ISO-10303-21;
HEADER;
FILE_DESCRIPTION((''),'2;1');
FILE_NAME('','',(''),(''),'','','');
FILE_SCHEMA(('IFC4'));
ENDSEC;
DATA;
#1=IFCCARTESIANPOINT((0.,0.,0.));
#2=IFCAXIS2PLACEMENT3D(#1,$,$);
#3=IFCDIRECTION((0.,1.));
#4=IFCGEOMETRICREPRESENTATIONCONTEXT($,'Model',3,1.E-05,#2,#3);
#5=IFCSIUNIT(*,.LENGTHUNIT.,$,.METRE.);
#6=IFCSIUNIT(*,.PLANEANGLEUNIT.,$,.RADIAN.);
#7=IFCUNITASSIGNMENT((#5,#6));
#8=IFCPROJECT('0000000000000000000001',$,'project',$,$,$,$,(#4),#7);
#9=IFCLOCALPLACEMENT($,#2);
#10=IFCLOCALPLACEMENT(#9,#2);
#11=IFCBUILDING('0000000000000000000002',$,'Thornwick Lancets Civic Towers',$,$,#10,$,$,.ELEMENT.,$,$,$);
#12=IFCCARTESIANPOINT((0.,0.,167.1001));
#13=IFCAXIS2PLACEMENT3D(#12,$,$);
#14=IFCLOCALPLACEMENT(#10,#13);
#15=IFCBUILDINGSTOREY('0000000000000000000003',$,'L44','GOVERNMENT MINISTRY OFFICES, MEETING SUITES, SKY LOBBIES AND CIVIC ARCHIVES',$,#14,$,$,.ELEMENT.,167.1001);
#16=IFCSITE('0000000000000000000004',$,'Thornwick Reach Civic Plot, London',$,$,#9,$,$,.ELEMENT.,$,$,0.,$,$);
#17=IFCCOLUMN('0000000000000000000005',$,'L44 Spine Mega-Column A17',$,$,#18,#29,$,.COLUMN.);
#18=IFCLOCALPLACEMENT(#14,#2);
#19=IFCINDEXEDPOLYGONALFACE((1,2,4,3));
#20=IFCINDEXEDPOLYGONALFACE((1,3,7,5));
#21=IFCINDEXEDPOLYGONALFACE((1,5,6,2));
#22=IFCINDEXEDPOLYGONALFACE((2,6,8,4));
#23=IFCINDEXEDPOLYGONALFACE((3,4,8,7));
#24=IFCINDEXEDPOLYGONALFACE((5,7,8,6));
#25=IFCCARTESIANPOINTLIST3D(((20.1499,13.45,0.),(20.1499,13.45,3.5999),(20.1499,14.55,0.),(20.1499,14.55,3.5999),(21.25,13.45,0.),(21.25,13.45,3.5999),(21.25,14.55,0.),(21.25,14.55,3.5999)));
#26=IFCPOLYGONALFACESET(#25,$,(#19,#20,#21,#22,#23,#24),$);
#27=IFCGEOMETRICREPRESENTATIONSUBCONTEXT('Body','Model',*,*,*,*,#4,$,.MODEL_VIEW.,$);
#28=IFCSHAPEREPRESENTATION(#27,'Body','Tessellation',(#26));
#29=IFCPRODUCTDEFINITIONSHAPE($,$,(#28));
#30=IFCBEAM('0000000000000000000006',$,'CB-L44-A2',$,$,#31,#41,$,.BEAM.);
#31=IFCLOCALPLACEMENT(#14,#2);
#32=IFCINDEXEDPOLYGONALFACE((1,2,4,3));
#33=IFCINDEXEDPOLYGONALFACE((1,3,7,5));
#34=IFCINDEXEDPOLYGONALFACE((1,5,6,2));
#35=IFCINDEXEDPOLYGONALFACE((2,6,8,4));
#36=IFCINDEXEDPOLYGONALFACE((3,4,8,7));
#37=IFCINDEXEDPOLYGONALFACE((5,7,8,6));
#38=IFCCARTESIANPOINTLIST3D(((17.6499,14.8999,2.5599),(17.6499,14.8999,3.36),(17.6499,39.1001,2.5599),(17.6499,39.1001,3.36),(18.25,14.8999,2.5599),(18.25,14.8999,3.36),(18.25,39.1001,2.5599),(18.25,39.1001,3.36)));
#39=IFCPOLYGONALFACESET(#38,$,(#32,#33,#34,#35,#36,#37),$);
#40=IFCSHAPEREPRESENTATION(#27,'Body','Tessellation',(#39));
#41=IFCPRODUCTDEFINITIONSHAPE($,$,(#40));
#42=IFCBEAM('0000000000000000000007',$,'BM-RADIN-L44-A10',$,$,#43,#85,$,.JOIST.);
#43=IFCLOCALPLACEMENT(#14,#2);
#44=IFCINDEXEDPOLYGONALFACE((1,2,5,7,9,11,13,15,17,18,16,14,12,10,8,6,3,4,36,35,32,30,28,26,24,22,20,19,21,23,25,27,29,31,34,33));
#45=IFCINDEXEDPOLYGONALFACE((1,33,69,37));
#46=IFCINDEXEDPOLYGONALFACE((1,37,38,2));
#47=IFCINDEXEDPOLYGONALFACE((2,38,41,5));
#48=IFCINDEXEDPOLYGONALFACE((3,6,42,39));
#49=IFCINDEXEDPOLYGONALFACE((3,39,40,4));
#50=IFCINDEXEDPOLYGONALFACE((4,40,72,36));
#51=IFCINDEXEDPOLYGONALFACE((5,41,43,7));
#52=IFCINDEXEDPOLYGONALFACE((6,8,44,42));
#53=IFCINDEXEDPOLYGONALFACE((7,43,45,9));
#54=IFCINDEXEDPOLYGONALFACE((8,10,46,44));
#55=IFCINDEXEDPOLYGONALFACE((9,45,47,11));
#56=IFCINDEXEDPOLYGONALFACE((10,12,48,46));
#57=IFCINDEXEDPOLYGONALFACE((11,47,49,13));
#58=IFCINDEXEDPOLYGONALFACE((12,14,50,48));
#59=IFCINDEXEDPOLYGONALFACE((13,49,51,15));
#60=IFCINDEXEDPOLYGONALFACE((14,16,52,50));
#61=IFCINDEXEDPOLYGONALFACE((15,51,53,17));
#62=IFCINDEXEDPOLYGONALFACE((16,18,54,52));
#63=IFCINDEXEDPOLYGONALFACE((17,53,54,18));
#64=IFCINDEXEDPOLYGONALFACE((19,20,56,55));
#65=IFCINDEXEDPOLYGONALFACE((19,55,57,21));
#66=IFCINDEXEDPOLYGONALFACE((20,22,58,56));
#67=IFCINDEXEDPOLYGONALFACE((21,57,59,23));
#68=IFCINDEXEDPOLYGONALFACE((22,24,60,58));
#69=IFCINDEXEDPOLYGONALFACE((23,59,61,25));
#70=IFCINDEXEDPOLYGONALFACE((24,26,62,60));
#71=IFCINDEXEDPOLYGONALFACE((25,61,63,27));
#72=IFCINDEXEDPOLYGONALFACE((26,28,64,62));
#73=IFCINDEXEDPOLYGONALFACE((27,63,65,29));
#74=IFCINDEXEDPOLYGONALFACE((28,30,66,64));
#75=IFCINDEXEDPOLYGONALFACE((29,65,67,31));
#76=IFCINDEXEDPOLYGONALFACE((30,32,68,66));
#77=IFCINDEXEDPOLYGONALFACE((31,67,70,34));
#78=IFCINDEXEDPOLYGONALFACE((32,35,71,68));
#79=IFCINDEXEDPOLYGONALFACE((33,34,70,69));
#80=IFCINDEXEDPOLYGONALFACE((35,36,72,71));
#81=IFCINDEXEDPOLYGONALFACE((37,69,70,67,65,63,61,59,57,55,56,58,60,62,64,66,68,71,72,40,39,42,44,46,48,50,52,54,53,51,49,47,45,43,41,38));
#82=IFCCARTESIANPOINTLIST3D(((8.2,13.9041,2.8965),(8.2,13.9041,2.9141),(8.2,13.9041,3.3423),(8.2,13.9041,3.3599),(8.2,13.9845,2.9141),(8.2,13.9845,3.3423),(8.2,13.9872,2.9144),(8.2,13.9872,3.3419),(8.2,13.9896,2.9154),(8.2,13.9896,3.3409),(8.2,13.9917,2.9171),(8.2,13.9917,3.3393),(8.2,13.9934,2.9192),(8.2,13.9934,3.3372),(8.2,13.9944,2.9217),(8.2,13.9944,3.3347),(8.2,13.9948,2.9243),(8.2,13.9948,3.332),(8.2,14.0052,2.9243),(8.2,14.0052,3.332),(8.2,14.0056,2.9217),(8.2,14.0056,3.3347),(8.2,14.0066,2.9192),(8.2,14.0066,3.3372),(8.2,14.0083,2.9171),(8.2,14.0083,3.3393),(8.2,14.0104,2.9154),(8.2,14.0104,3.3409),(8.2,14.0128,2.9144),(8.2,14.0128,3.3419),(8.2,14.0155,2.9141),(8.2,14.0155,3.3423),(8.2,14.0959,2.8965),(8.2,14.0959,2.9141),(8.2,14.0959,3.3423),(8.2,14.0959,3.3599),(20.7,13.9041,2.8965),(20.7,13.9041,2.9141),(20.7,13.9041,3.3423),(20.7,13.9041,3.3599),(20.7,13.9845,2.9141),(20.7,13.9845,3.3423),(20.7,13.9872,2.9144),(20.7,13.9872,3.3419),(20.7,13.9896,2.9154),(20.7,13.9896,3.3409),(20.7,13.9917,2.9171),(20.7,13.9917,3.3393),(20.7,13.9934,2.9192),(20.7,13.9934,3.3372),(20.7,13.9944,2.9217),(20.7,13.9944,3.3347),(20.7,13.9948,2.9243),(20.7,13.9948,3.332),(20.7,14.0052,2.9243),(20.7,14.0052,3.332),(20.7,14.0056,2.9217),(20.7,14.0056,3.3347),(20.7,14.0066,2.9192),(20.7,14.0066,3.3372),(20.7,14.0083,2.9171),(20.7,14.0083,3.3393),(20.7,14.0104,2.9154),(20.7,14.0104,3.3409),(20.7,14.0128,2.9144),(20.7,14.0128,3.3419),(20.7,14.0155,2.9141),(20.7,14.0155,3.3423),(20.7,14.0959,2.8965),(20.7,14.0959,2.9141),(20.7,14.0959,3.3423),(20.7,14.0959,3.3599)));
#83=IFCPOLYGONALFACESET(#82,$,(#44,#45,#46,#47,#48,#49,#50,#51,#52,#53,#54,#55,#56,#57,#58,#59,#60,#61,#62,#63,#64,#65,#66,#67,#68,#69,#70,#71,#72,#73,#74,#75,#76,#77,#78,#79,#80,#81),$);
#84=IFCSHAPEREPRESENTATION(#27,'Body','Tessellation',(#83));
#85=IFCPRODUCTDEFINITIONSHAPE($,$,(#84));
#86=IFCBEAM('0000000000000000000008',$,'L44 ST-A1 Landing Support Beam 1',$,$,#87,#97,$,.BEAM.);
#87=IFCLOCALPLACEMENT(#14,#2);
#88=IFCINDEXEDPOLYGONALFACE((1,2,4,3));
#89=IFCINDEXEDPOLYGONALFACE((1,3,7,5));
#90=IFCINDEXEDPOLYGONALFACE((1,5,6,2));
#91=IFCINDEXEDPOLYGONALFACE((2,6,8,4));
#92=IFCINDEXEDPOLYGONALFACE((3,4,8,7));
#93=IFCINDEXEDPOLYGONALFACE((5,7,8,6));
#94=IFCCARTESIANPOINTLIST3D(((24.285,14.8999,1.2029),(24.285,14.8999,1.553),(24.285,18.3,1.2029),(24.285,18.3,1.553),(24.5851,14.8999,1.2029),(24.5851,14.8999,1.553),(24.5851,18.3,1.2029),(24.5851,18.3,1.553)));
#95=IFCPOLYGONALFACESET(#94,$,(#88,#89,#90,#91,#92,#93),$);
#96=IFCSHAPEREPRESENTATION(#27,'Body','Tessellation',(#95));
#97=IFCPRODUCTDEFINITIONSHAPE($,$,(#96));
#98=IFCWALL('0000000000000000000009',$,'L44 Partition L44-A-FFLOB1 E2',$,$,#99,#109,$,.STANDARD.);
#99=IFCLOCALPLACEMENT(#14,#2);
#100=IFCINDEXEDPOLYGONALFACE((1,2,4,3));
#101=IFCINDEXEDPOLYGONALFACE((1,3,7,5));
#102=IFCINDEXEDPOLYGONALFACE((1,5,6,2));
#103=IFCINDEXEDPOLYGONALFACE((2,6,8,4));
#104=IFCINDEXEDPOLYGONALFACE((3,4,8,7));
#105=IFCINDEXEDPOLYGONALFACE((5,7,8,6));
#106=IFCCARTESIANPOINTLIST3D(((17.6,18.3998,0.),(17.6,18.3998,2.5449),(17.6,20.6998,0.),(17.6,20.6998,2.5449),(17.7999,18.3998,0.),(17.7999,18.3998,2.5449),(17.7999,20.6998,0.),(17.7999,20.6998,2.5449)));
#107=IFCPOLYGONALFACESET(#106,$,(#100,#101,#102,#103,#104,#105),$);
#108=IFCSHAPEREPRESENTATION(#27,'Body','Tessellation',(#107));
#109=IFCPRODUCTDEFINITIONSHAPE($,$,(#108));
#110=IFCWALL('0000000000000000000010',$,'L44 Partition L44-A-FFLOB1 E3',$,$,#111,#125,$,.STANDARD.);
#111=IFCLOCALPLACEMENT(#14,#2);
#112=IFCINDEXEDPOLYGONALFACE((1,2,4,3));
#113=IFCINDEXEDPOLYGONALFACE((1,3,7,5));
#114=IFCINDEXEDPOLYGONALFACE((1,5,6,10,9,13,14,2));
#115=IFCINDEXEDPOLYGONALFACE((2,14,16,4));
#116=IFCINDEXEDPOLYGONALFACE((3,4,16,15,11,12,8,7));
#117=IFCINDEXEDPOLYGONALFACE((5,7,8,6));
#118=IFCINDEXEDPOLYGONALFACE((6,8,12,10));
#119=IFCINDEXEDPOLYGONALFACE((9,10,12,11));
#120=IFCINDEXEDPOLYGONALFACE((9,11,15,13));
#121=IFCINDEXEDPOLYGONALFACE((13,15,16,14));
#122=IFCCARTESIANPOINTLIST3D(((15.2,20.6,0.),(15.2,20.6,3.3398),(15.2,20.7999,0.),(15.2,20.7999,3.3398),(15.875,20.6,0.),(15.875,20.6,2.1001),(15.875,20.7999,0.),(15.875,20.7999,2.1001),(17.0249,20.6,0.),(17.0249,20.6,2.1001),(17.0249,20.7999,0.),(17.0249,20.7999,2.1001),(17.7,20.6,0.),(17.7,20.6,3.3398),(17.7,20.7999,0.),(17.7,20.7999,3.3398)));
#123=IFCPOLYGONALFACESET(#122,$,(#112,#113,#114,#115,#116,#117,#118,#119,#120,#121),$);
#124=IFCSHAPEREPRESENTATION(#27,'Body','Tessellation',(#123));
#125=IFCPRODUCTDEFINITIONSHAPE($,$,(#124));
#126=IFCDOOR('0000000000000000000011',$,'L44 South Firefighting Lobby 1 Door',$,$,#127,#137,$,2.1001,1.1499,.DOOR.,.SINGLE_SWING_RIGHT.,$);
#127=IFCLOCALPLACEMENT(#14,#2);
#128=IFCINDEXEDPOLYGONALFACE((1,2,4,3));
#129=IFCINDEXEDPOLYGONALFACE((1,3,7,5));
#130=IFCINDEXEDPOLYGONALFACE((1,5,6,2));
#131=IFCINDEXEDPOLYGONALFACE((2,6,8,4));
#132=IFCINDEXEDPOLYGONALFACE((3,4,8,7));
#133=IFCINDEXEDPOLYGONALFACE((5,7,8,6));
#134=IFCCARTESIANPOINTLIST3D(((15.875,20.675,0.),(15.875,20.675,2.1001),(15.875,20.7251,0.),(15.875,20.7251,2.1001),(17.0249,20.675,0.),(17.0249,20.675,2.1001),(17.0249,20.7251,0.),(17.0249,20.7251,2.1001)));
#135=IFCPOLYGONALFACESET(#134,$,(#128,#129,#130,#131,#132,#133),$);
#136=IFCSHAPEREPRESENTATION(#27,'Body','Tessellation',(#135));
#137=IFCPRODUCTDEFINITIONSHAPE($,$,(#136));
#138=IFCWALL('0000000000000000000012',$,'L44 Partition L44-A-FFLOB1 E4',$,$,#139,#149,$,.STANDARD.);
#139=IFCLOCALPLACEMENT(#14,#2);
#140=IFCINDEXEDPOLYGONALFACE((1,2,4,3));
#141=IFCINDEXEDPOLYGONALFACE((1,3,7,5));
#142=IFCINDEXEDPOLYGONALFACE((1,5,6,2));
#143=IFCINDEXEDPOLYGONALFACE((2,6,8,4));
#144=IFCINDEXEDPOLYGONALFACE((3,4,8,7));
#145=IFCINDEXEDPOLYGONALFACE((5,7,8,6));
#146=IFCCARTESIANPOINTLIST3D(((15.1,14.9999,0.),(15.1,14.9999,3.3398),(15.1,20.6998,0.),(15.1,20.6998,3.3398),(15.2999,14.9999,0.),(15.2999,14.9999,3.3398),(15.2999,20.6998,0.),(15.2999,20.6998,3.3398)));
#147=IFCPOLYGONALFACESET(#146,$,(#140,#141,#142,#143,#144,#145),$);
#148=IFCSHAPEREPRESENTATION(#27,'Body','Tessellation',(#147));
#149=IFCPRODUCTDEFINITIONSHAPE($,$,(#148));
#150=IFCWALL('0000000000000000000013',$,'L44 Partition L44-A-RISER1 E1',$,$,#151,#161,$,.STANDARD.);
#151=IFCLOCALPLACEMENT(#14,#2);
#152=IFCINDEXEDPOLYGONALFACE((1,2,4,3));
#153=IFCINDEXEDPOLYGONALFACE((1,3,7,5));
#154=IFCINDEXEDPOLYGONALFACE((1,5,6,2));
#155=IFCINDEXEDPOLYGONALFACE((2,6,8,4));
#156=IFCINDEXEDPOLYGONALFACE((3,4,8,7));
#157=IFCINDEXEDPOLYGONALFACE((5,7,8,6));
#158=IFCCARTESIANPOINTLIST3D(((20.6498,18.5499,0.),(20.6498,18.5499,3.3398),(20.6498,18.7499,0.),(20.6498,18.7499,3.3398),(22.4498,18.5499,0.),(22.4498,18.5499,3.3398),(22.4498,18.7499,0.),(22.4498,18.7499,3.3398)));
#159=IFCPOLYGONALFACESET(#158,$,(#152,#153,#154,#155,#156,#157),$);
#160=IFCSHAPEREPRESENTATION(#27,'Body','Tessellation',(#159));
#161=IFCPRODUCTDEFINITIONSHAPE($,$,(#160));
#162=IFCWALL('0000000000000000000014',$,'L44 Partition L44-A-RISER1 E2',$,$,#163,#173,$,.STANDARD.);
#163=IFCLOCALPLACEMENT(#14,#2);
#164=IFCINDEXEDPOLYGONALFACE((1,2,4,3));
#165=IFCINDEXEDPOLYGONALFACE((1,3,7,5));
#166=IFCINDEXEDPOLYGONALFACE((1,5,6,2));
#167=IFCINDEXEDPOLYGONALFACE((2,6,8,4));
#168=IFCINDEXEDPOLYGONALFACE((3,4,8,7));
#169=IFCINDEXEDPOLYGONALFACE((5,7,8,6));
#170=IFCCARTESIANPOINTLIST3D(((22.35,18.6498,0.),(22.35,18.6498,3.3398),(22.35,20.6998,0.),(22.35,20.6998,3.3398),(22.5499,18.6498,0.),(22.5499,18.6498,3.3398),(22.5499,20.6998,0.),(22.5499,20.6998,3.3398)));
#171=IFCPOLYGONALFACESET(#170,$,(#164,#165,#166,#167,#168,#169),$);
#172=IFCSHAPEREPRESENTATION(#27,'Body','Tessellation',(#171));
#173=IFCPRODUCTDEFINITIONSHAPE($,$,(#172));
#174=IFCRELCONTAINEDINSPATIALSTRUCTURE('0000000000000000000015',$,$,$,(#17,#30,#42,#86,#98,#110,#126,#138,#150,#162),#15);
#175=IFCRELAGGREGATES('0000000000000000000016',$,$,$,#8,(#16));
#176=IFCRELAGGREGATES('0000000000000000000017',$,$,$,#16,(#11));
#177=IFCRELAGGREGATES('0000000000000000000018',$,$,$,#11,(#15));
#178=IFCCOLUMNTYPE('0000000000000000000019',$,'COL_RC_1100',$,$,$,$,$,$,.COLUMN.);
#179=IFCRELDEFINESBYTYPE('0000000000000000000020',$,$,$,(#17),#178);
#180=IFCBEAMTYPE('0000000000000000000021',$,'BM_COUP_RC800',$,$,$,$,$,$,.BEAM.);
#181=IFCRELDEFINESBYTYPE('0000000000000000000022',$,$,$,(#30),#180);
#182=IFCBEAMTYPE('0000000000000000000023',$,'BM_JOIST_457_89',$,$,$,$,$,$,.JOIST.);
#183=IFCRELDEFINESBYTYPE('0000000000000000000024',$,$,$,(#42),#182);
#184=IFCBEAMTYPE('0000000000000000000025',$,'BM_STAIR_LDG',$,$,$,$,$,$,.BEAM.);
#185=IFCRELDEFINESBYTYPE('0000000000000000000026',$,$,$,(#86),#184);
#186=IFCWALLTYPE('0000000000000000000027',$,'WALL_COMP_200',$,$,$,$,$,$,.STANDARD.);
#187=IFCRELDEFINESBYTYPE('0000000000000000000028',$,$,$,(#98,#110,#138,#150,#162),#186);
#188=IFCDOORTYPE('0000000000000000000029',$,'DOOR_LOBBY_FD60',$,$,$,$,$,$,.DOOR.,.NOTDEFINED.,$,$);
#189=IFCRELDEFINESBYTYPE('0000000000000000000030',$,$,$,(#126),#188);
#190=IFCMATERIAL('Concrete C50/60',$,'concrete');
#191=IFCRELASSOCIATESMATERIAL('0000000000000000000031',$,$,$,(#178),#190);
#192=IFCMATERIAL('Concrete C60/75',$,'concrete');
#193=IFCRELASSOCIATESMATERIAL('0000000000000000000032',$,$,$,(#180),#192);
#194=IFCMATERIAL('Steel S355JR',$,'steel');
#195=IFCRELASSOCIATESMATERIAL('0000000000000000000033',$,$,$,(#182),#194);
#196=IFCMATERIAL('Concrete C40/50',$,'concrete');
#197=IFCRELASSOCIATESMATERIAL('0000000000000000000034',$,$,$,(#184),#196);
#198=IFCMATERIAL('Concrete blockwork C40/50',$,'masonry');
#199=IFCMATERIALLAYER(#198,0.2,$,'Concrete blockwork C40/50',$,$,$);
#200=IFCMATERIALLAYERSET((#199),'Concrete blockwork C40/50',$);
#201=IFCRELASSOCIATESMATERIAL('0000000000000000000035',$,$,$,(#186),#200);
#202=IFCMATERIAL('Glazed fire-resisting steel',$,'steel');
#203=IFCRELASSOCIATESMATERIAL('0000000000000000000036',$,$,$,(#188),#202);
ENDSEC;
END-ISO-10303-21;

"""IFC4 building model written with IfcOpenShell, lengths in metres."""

from ifc_helpers import new_model, si_unit, direction, frame, frame_2d, origin, origin_2d, place, context, subcontext, project, spatial, rectangle, i_section, extrude, material, layer, layer_set, material_profile, profile_set, type_object, element, fill, save


model = new_model("IFC4")

# Units and contexts
model_context = context("Model", 3, precision=1e-05, world=origin(), true_north=direction((0.0, 1.0)))
body_context = subcontext(model_context, "Body", "Model", "MODEL_VIEW")
ifc_project = project(units=[si_unit("LENGTHUNIT", "METRE"), si_unit("PLANEANGLEUNIT", "RADIAN")], contexts=[model_context])

# Site, building, storey
site_placement = place(None, origin())
site = spatial("IfcSite", under=ifc_project, at=site_placement, Name="Thornwick Reach Civic Plot, London", CompositionType="ELEMENT", RefElevation=0.0)
building_placement = place(site_placement, origin())
building = spatial("IfcBuilding", under=site, at=building_placement, Name="Thornwick Lancets Civic Towers", CompositionType="ELEMENT")
storey_placement = place(building_placement, frame((0.0, 0.0, 167.1001)))
storey = spatial("IfcBuildingStorey", under=building, at=storey_placement, Name="L44", Description="GOVERNMENT MINISTRY OFFICES, MEETING SUITES, SKY LOBBIES AND CIVIC ARCHIVES", CompositionType="ELEMENT", Elevation=167.1001)

# Column
ifc_material_1 = material(Name="Concrete C50/60", Category="concrete")
ifc_material_profile_1 = material_profile(ifc_material_1, rectangle(XDim=1.1001, YDim=1.1001, at=origin_2d()), Name="RC 1100x1100")
ifc_profile_set_1 = profile_set([ifc_material_profile_1], Name="Concrete C50/60")
column_type = type_object("IfcColumnType", Name="COL_RC_1100", PredefinedType="COLUMN", material=ifc_profile_set_1)
column_placement = place(storey_placement, frame((20.7, 14.0, 0.0), z_axis=(0.0, 0.0, 1.0), x_axis=(1.0, 0.0, 0.0)))
element("IfcColumn", 1, at=column_placement, inside=storey, type_object=column_type, Name="L44 Spine Mega-Column A17", PredefinedType="COLUMN", context=body_context, shape_type="SweptSolid", body=[
    extrude(rectangle(XDim=1.1001, YDim=1.1001, at=origin_2d()), origin(), (0.0, 0.0, 1.0), 3.5999),
])

# Beams
ifc_material_2 = material(Name="Concrete C60/75", Category="concrete")
ifc_material_profile_2 = material_profile(ifc_material_2, rectangle(XDim=0.6001, YDim=0.8, at=origin_2d()), Name="RC 600x800")
ifc_profile_set_2 = profile_set([ifc_material_profile_2], Name="Concrete C60/75")
beam_type_1 = type_object("IfcBeamType", Name="BM_COUP_RC800", PredefinedType="BEAM", material=ifc_profile_set_2)
beam_1_placement = place(storey_placement, frame((17.95, 14.8999, 2.96), z_axis=(0.0, 1.0, 0.0), x_axis=(-1.0, 0.0, 0.0)))
element("IfcBeam", 2, at=beam_1_placement, inside=storey, type_object=beam_type_1, Name="CB-L44-A2", PredefinedType="BEAM", context=body_context, shape_type="SweptSolid", body=[
    extrude(rectangle(XDim=0.6001, YDim=0.8, at=origin_2d()), origin(), (0.0, 0.0, 1.0), 24.2002),
])
ifc_material_3 = material(Name="Steel S355JR", Category="steel")
ifc_material_profile_3 = material_profile(ifc_material_3, i_section(OverallWidth=0.1919, OverallDepth=0.4634, WebThickness=0.0105, FlangeThickness=0.0176, FilletRadius=0.0103, at=origin_2d()), Name="UKB 457x191x89")
ifc_profile_set_3 = profile_set([ifc_material_profile_3], Name="Steel S355JR")
beam_type_2 = type_object("IfcBeamType", Name="BM_JOIST_457_89", PredefinedType="JOIST", material=ifc_profile_set_3)
beam_2_placement = place(storey_placement, frame((20.7, 14.0, 3.1282), z_axis=(-1.0, 0.0, 0.0), x_axis=(0.0, -1.0, 0.0)))
element("IfcBeam", 3, at=beam_2_placement, inside=storey, type_object=beam_type_2, Name="BM-RADIN-L44-A10", PredefinedType="JOIST", context=body_context, shape_type="SweptSolid", body=[
    extrude(i_section(OverallWidth=0.1919, OverallDepth=0.4634, WebThickness=0.0105, FlangeThickness=0.0176, FilletRadius=0.0103, at=origin_2d()), origin(), (0.0, 0.0, 1.0), 12.5),
])
ifc_material_4 = material(Name="Concrete C40/50", Category="concrete")
ifc_material_profile_4 = material_profile(ifc_material_4, rectangle(XDim=0.3, YDim=0.3501, at=origin_2d()), Name="RC 300x350")
ifc_profile_set_4 = profile_set([ifc_material_profile_4], Name="Concrete C40/50")
beam_type_3 = type_object("IfcBeamType", Name="BM_STAIR_LDG", PredefinedType="BEAM", material=ifc_profile_set_4)
beam_3_placement = place(storey_placement, frame((24.4351, 14.8999, 1.3779), z_axis=(0.0, 1.0, 0.0), x_axis=(-1.0, 0.0, 0.0)))
element("IfcBeam", 4, at=beam_3_placement, inside=storey, type_object=beam_type_3, Name="L44 ST-A1 Landing Support Beam 1", PredefinedType="BEAM", context=body_context, shape_type="SweptSolid", body=[
    extrude(rectangle(XDim=0.3, YDim=0.3501, at=origin_2d()), origin(), (0.0, 0.0, 1.0), 3.4001),
])

# Wall
ifc_material_5 = material(Name="Concrete blockwork C40/50", Category="masonry")
ifc_layer_1 = layer(ifc_material_5, 0.2, Name="Concrete blockwork C40/50")
ifc_layer_set_1 = layer_set([ifc_layer_1], Name="Concrete blockwork C40/50")
wall_type_1 = type_object("IfcWallType", Name="WALL_COMP_200", PredefinedType="STANDARD", material=ifc_layer_set_1)
wall_1_placement = place(storey_placement, frame((17.7, 18.3999, 0.0), z_axis=(0.0, 0.0, 1.0), x_axis=(0.0, 1.0, 0.0)))
element("IfcWall", 5, at=wall_1_placement, inside=storey, type_object=wall_type_1, Name="L44 Partition L44-A-FFLOB1 E2", PredefinedType="STANDARD", context=body_context, shape_type="SweptSolid", body=[
    extrude(rectangle(XDim=2.3, YDim=0.2, at=frame_2d((1.1499, 0.0))), origin(), (0.0, 0.0, 1.0), 2.5449),
])

# Wall, opening, door
wall_2_placement = place(storey_placement, frame((17.7, 20.7, 0.0), z_axis=(0.0, 0.0, 1.0), x_axis=(-1.0, 0.0, 0.0)))
wall_2 = element("IfcWall", 6, at=wall_2_placement, inside=storey, type_object=wall_type_1, Name="L44 Partition L44-A-FFLOB1 E3", PredefinedType="STANDARD", context=body_context, shape_type="SweptSolid", body=[
    extrude(rectangle(XDim=2.5, YDim=0.2, at=frame_2d((1.25, 0.0))), origin(), (0.0, 0.0, 1.0), 3.3398),
])
opening_1_placement = place(wall_2_placement, frame((0.675, 0.0, 0.0)))
opening_1 = element("IfcOpeningElement", 7, at=opening_1_placement, cuts=wall_2, PredefinedType="OPENING", context=body_context, shape_type="SweptSolid", body=[
    extrude(rectangle(XDim=1.1499, YDim=2.1001, at=frame_2d((0.575, 1.05))), frame((0.0, 0.1099, 0.0), z_axis=(0.0, -1.0, 0.0), x_axis=(1.0, 0.0, 0.0)), (0.0, 0.0, 1.0), 0.22),
])
ifc_material_6 = material(Name="Glazed fire-resisting steel", Category="steel")
door_type_1 = type_object("IfcDoorType", Name="DOOR_LOBBY_FD60", OperationType="NOTDEFINED", PredefinedType="DOOR", material=ifc_material_6)
door_1_placement = place(opening_1_placement, origin())
door_1 = element("IfcDoor", 8, at=door_1_placement, inside=storey, type_object=door_type_1, Name="L44 South Firefighting Lobby 1 Door", OperationType="SINGLE_SWING_RIGHT", OverallHeight=2.1001, OverallWidth=1.1499, PredefinedType="DOOR", context=body_context, shape_type="SweptSolid", body=[
    extrude(rectangle(XDim=1.1499, YDim=2.1001, at=frame_2d((0.575, 1.05))), frame((0.0, 0.0249, 0.0), z_axis=(0.0, -1.0, 0.0), x_axis=(1.0, 0.0, 0.0)), (0.0, 0.0, 1.0), 0.05),
])
fill(opening_1, door_1)

# Walls
wall_3_placement = place(storey_placement, frame((15.2, 20.7, 0.0), z_axis=(0.0, 0.0, 1.0), x_axis=(0.0, -1.0, 0.0)))
element("IfcWall", 9, at=wall_3_placement, inside=storey, type_object=wall_type_1, Name="L44 Partition L44-A-FFLOB1 E4", PredefinedType="STANDARD", context=body_context, shape_type="SweptSolid", body=[
    extrude(rectangle(XDim=5.7, YDim=0.2, at=frame_2d((2.8501, 0.0))), origin(), (0.0, 0.0, 1.0), 3.3398),
])
wall_4_placement = place(storey_placement, frame((20.6499, 18.6499, 0.0), z_axis=(0.0, 0.0, 1.0), x_axis=(1.0, 0.0, 0.0)))
element("IfcWall", 10, at=wall_4_placement, inside=storey, type_object=wall_type_1, Name="L44 Partition L44-A-RISER1 E1", PredefinedType="STANDARD", context=body_context, shape_type="SweptSolid", body=[
    extrude(rectangle(XDim=1.8, YDim=0.2, at=frame_2d((0.8999, 0.0))), origin(), (0.0, 0.0, 1.0), 3.3398),
])
wall_5_placement = place(storey_placement, frame((22.45, 18.6499, 0.0), z_axis=(0.0, 0.0, 1.0), x_axis=(0.0, 1.0, 0.0)))
element("IfcWall", 11, at=wall_5_placement, inside=storey, type_object=wall_type_1, Name="L44 Partition L44-A-RISER1 E2", PredefinedType="STANDARD", context=body_context, shape_type="SweptSolid", body=[
    extrude(rectangle(XDim=2.05, YDim=0.2, at=frame_2d((1.0249, 0.0))), origin(), (0.0, 0.0, 1.0), 3.3398),
])

save(model, "model.ifc")
